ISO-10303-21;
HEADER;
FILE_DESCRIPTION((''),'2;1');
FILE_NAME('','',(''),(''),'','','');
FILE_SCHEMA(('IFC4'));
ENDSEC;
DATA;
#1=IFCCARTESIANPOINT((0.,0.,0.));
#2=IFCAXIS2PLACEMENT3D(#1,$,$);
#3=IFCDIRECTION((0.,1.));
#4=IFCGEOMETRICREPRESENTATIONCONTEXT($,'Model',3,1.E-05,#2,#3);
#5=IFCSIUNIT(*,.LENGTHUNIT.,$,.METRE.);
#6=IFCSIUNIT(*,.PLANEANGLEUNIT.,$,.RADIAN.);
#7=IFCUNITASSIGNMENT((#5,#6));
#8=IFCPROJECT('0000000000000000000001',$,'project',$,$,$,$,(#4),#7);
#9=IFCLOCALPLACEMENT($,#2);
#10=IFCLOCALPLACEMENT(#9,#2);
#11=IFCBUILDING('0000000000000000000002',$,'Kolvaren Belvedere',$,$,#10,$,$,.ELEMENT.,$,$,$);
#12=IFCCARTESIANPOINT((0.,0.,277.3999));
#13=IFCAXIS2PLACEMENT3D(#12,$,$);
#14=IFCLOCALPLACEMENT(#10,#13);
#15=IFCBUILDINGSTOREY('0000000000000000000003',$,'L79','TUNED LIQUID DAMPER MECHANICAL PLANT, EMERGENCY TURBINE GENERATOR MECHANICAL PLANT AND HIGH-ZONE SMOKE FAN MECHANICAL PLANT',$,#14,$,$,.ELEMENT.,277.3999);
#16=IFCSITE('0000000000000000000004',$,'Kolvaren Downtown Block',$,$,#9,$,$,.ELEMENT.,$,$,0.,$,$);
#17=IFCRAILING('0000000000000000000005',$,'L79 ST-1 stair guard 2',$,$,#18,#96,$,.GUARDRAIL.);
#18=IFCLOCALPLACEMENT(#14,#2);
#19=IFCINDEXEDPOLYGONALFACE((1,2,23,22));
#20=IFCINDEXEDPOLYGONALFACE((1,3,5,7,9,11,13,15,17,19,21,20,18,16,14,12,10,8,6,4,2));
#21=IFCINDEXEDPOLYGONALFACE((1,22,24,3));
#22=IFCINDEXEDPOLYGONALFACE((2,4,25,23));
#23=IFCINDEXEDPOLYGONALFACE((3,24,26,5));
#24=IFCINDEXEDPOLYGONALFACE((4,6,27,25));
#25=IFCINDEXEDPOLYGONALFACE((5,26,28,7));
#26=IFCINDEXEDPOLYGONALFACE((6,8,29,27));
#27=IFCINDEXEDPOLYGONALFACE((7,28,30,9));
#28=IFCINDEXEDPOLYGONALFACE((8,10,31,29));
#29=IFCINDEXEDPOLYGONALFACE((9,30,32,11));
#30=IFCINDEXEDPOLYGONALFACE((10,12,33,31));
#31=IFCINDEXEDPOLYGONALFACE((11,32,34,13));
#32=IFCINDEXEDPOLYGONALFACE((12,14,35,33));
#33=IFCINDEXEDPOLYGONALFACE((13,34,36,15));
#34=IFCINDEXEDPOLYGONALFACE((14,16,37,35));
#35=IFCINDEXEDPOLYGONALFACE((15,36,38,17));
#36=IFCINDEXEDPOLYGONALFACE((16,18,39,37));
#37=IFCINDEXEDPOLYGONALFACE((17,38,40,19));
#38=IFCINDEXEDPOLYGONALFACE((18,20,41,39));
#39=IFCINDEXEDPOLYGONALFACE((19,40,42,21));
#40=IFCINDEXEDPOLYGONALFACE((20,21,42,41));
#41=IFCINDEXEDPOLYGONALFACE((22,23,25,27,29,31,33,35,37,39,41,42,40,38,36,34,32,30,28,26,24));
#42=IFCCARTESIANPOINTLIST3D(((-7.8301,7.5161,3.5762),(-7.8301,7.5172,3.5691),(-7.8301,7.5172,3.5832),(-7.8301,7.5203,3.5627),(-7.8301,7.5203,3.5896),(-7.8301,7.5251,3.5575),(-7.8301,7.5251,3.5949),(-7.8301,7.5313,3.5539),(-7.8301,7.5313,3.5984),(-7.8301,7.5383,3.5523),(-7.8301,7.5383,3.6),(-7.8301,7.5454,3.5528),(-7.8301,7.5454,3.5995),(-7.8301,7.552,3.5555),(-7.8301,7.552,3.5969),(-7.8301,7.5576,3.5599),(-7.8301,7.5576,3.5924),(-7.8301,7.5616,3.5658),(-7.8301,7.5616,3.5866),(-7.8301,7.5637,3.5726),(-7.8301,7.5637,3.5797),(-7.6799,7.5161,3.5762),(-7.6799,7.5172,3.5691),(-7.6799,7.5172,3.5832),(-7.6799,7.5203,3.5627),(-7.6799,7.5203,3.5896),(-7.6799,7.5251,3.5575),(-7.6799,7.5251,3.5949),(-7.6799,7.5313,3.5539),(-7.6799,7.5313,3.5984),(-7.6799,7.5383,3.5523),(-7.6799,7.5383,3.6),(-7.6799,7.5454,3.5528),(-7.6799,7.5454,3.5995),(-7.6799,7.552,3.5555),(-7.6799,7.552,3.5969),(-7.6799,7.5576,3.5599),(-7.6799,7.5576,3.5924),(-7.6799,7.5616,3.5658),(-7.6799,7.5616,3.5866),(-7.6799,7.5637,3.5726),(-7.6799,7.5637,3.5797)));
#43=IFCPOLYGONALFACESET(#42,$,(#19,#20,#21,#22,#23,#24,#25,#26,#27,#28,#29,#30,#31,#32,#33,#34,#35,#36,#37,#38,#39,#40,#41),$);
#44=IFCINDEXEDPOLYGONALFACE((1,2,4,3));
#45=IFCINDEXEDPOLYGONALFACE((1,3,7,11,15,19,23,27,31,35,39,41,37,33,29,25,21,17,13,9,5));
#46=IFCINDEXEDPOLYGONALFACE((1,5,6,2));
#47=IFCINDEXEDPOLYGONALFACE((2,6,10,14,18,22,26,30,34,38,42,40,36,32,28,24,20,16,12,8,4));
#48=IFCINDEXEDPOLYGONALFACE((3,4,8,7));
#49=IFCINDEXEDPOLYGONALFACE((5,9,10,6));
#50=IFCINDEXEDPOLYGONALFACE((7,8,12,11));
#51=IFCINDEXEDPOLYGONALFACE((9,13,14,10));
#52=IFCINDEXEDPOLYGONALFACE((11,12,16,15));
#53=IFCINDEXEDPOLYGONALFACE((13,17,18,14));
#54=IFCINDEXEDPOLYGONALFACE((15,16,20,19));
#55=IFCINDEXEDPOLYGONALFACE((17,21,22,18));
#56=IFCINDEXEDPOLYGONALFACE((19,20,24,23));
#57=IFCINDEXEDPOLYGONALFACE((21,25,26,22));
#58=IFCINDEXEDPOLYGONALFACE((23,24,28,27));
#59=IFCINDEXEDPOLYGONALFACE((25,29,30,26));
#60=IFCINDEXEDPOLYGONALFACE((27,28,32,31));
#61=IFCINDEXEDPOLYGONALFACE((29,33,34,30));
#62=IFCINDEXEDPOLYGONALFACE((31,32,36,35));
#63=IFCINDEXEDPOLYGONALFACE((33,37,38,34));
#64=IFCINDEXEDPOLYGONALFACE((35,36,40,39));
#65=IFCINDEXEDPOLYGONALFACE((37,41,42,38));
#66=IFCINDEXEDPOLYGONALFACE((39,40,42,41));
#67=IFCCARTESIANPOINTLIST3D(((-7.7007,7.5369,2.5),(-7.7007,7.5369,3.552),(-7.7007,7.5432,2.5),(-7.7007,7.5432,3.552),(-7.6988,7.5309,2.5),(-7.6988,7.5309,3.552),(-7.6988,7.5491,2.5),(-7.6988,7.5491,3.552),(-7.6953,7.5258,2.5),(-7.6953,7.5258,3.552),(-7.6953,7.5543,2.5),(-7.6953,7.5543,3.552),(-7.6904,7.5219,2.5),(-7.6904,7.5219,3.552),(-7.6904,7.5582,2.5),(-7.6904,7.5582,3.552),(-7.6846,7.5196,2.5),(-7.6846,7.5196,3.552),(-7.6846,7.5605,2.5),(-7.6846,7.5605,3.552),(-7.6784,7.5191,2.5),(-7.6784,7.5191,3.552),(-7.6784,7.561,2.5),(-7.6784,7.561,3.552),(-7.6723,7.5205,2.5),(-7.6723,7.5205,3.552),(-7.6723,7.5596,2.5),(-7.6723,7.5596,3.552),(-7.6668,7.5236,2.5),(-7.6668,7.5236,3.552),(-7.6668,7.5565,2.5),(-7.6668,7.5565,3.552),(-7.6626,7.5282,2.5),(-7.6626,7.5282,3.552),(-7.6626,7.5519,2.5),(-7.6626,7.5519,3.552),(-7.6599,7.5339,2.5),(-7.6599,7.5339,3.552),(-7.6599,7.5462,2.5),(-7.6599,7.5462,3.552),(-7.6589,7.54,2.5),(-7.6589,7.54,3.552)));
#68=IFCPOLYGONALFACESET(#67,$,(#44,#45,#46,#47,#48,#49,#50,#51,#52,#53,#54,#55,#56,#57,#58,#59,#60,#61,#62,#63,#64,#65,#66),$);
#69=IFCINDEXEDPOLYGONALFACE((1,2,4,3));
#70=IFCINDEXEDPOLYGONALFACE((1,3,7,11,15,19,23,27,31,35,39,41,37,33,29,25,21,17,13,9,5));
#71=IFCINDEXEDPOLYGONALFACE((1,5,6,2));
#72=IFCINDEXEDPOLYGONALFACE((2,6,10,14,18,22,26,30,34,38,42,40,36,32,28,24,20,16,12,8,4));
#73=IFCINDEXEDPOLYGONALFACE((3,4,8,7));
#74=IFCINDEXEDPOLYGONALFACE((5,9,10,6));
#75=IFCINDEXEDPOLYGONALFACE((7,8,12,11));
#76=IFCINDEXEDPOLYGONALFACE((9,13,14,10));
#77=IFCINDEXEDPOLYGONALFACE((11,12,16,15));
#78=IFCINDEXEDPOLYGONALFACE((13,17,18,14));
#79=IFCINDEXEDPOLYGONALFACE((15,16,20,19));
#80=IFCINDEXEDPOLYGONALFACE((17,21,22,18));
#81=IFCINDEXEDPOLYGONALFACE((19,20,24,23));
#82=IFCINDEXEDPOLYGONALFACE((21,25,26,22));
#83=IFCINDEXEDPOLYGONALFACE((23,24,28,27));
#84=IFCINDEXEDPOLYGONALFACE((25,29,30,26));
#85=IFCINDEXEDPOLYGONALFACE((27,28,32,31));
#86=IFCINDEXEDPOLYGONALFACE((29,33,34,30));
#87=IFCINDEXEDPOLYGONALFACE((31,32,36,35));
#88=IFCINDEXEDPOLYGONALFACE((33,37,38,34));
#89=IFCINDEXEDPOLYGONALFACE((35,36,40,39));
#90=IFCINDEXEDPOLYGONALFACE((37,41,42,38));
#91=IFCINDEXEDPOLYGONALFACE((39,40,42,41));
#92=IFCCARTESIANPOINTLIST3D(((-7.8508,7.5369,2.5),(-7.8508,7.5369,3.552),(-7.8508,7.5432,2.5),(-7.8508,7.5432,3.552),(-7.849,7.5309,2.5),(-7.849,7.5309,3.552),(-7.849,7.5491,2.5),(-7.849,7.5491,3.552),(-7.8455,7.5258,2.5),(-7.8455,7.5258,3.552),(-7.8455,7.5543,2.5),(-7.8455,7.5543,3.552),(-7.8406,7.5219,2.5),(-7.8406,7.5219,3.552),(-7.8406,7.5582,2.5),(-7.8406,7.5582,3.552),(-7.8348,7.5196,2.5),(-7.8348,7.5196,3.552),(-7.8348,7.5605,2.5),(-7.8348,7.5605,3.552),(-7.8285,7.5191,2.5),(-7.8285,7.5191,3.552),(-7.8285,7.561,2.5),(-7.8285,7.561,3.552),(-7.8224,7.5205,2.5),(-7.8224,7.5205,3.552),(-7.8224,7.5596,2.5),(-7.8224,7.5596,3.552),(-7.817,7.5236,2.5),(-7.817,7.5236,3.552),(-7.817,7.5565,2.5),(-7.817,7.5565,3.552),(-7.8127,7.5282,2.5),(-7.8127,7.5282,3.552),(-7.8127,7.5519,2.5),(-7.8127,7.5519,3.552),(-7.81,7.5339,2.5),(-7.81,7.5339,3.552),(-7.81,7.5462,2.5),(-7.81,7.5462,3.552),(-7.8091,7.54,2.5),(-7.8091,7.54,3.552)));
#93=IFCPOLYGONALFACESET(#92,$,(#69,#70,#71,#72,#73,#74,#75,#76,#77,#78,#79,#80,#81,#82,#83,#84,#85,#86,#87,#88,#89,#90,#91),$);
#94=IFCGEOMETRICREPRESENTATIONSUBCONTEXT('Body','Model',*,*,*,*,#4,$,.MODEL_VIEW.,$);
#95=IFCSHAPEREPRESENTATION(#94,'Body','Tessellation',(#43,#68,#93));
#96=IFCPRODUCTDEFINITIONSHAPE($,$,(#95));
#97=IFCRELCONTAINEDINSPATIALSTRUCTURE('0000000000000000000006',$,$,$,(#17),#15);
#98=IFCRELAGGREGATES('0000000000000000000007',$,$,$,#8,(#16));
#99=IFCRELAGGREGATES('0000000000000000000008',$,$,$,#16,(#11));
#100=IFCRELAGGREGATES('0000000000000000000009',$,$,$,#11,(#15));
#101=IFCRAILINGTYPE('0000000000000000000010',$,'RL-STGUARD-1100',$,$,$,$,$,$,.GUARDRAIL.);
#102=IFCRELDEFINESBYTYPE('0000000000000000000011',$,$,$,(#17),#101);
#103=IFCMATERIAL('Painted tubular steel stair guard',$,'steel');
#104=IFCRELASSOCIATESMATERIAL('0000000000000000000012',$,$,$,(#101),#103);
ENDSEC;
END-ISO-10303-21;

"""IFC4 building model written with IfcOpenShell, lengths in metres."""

from ifc_helpers import new_model, si_unit, direction, frame, origin, origin_2d, place, context, subcontext, project, spatial, circle, extrude, material, type_object, element, save


model = new_model("IFC4")

# Units and contexts
model_context = context("Model", 3, precision=1e-05, world=origin(), true_north=direction((0.0, 1.0)))
body_context = subcontext(model_context, "Body", "Model", "MODEL_VIEW")
ifc_project = project(units=[si_unit("LENGTHUNIT", "METRE"), si_unit("PLANEANGLEUNIT", "RADIAN")], contexts=[model_context])

# Site, building, storey
site_placement = place(None, origin())
site = spatial("IfcSite", under=ifc_project, at=site_placement, Name="Kolvaren Downtown Block", CompositionType="ELEMENT", RefElevation=0.0)
building_placement = place(site_placement, origin())
building = spatial("IfcBuilding", under=site, at=building_placement, Name="Kolvaren Belvedere", CompositionType="ELEMENT")
storey_placement = place(building_placement, frame((0.0, 0.0, 277.3999)))
storey = spatial("IfcBuildingStorey", under=building, at=storey_placement, Name="L79", Description="TUNED LIQUID DAMPER MECHANICAL PLANT, EMERGENCY TURBINE GENERATOR MECHANICAL PLANT AND HIGH-ZONE SMOKE FAN MECHANICAL PLANT", CompositionType="ELEMENT", Elevation=277.3999)

# Railing
ifc_material_1 = material(Name="Painted tubular steel stair guard", Category="steel")
railing_type_1 = type_object("IfcRailingType", Name="RL-STGUARD-1100", PredefinedType="GUARDRAIL", material=ifc_material_1)
railing_1_placement = place(storey_placement, frame((-7.6799, 7.54, 2.5)))
element("IfcRailing", 1, at=railing_1_placement, inside=storey, type_object=railing_type_1, Name="L79 ST-1 stair guard 2", PredefinedType="GUARDRAIL", context=body_context, shape_type="SweptSolid", body=[
    extrude(circle(Radius=0.0239, at=origin_2d()), frame((0.0, 0.0, 1.0762), z_axis=(-1.0, 0.0, 0.0), x_axis=(0.0, -1.0, 0.0)), (0.0, 0.0, 1.0), 0.1501),
    extrude(circle(Radius=0.021, at=origin_2d()), origin(), (0.0, 0.0, 1.0), 1.052),
    extrude(circle(Radius=0.021, at=origin_2d()), frame((-0.1501, 0.0, 0.0)), (0.0, 0.0, 1.0), 1.052),
])

save(model, "model.ifc")
